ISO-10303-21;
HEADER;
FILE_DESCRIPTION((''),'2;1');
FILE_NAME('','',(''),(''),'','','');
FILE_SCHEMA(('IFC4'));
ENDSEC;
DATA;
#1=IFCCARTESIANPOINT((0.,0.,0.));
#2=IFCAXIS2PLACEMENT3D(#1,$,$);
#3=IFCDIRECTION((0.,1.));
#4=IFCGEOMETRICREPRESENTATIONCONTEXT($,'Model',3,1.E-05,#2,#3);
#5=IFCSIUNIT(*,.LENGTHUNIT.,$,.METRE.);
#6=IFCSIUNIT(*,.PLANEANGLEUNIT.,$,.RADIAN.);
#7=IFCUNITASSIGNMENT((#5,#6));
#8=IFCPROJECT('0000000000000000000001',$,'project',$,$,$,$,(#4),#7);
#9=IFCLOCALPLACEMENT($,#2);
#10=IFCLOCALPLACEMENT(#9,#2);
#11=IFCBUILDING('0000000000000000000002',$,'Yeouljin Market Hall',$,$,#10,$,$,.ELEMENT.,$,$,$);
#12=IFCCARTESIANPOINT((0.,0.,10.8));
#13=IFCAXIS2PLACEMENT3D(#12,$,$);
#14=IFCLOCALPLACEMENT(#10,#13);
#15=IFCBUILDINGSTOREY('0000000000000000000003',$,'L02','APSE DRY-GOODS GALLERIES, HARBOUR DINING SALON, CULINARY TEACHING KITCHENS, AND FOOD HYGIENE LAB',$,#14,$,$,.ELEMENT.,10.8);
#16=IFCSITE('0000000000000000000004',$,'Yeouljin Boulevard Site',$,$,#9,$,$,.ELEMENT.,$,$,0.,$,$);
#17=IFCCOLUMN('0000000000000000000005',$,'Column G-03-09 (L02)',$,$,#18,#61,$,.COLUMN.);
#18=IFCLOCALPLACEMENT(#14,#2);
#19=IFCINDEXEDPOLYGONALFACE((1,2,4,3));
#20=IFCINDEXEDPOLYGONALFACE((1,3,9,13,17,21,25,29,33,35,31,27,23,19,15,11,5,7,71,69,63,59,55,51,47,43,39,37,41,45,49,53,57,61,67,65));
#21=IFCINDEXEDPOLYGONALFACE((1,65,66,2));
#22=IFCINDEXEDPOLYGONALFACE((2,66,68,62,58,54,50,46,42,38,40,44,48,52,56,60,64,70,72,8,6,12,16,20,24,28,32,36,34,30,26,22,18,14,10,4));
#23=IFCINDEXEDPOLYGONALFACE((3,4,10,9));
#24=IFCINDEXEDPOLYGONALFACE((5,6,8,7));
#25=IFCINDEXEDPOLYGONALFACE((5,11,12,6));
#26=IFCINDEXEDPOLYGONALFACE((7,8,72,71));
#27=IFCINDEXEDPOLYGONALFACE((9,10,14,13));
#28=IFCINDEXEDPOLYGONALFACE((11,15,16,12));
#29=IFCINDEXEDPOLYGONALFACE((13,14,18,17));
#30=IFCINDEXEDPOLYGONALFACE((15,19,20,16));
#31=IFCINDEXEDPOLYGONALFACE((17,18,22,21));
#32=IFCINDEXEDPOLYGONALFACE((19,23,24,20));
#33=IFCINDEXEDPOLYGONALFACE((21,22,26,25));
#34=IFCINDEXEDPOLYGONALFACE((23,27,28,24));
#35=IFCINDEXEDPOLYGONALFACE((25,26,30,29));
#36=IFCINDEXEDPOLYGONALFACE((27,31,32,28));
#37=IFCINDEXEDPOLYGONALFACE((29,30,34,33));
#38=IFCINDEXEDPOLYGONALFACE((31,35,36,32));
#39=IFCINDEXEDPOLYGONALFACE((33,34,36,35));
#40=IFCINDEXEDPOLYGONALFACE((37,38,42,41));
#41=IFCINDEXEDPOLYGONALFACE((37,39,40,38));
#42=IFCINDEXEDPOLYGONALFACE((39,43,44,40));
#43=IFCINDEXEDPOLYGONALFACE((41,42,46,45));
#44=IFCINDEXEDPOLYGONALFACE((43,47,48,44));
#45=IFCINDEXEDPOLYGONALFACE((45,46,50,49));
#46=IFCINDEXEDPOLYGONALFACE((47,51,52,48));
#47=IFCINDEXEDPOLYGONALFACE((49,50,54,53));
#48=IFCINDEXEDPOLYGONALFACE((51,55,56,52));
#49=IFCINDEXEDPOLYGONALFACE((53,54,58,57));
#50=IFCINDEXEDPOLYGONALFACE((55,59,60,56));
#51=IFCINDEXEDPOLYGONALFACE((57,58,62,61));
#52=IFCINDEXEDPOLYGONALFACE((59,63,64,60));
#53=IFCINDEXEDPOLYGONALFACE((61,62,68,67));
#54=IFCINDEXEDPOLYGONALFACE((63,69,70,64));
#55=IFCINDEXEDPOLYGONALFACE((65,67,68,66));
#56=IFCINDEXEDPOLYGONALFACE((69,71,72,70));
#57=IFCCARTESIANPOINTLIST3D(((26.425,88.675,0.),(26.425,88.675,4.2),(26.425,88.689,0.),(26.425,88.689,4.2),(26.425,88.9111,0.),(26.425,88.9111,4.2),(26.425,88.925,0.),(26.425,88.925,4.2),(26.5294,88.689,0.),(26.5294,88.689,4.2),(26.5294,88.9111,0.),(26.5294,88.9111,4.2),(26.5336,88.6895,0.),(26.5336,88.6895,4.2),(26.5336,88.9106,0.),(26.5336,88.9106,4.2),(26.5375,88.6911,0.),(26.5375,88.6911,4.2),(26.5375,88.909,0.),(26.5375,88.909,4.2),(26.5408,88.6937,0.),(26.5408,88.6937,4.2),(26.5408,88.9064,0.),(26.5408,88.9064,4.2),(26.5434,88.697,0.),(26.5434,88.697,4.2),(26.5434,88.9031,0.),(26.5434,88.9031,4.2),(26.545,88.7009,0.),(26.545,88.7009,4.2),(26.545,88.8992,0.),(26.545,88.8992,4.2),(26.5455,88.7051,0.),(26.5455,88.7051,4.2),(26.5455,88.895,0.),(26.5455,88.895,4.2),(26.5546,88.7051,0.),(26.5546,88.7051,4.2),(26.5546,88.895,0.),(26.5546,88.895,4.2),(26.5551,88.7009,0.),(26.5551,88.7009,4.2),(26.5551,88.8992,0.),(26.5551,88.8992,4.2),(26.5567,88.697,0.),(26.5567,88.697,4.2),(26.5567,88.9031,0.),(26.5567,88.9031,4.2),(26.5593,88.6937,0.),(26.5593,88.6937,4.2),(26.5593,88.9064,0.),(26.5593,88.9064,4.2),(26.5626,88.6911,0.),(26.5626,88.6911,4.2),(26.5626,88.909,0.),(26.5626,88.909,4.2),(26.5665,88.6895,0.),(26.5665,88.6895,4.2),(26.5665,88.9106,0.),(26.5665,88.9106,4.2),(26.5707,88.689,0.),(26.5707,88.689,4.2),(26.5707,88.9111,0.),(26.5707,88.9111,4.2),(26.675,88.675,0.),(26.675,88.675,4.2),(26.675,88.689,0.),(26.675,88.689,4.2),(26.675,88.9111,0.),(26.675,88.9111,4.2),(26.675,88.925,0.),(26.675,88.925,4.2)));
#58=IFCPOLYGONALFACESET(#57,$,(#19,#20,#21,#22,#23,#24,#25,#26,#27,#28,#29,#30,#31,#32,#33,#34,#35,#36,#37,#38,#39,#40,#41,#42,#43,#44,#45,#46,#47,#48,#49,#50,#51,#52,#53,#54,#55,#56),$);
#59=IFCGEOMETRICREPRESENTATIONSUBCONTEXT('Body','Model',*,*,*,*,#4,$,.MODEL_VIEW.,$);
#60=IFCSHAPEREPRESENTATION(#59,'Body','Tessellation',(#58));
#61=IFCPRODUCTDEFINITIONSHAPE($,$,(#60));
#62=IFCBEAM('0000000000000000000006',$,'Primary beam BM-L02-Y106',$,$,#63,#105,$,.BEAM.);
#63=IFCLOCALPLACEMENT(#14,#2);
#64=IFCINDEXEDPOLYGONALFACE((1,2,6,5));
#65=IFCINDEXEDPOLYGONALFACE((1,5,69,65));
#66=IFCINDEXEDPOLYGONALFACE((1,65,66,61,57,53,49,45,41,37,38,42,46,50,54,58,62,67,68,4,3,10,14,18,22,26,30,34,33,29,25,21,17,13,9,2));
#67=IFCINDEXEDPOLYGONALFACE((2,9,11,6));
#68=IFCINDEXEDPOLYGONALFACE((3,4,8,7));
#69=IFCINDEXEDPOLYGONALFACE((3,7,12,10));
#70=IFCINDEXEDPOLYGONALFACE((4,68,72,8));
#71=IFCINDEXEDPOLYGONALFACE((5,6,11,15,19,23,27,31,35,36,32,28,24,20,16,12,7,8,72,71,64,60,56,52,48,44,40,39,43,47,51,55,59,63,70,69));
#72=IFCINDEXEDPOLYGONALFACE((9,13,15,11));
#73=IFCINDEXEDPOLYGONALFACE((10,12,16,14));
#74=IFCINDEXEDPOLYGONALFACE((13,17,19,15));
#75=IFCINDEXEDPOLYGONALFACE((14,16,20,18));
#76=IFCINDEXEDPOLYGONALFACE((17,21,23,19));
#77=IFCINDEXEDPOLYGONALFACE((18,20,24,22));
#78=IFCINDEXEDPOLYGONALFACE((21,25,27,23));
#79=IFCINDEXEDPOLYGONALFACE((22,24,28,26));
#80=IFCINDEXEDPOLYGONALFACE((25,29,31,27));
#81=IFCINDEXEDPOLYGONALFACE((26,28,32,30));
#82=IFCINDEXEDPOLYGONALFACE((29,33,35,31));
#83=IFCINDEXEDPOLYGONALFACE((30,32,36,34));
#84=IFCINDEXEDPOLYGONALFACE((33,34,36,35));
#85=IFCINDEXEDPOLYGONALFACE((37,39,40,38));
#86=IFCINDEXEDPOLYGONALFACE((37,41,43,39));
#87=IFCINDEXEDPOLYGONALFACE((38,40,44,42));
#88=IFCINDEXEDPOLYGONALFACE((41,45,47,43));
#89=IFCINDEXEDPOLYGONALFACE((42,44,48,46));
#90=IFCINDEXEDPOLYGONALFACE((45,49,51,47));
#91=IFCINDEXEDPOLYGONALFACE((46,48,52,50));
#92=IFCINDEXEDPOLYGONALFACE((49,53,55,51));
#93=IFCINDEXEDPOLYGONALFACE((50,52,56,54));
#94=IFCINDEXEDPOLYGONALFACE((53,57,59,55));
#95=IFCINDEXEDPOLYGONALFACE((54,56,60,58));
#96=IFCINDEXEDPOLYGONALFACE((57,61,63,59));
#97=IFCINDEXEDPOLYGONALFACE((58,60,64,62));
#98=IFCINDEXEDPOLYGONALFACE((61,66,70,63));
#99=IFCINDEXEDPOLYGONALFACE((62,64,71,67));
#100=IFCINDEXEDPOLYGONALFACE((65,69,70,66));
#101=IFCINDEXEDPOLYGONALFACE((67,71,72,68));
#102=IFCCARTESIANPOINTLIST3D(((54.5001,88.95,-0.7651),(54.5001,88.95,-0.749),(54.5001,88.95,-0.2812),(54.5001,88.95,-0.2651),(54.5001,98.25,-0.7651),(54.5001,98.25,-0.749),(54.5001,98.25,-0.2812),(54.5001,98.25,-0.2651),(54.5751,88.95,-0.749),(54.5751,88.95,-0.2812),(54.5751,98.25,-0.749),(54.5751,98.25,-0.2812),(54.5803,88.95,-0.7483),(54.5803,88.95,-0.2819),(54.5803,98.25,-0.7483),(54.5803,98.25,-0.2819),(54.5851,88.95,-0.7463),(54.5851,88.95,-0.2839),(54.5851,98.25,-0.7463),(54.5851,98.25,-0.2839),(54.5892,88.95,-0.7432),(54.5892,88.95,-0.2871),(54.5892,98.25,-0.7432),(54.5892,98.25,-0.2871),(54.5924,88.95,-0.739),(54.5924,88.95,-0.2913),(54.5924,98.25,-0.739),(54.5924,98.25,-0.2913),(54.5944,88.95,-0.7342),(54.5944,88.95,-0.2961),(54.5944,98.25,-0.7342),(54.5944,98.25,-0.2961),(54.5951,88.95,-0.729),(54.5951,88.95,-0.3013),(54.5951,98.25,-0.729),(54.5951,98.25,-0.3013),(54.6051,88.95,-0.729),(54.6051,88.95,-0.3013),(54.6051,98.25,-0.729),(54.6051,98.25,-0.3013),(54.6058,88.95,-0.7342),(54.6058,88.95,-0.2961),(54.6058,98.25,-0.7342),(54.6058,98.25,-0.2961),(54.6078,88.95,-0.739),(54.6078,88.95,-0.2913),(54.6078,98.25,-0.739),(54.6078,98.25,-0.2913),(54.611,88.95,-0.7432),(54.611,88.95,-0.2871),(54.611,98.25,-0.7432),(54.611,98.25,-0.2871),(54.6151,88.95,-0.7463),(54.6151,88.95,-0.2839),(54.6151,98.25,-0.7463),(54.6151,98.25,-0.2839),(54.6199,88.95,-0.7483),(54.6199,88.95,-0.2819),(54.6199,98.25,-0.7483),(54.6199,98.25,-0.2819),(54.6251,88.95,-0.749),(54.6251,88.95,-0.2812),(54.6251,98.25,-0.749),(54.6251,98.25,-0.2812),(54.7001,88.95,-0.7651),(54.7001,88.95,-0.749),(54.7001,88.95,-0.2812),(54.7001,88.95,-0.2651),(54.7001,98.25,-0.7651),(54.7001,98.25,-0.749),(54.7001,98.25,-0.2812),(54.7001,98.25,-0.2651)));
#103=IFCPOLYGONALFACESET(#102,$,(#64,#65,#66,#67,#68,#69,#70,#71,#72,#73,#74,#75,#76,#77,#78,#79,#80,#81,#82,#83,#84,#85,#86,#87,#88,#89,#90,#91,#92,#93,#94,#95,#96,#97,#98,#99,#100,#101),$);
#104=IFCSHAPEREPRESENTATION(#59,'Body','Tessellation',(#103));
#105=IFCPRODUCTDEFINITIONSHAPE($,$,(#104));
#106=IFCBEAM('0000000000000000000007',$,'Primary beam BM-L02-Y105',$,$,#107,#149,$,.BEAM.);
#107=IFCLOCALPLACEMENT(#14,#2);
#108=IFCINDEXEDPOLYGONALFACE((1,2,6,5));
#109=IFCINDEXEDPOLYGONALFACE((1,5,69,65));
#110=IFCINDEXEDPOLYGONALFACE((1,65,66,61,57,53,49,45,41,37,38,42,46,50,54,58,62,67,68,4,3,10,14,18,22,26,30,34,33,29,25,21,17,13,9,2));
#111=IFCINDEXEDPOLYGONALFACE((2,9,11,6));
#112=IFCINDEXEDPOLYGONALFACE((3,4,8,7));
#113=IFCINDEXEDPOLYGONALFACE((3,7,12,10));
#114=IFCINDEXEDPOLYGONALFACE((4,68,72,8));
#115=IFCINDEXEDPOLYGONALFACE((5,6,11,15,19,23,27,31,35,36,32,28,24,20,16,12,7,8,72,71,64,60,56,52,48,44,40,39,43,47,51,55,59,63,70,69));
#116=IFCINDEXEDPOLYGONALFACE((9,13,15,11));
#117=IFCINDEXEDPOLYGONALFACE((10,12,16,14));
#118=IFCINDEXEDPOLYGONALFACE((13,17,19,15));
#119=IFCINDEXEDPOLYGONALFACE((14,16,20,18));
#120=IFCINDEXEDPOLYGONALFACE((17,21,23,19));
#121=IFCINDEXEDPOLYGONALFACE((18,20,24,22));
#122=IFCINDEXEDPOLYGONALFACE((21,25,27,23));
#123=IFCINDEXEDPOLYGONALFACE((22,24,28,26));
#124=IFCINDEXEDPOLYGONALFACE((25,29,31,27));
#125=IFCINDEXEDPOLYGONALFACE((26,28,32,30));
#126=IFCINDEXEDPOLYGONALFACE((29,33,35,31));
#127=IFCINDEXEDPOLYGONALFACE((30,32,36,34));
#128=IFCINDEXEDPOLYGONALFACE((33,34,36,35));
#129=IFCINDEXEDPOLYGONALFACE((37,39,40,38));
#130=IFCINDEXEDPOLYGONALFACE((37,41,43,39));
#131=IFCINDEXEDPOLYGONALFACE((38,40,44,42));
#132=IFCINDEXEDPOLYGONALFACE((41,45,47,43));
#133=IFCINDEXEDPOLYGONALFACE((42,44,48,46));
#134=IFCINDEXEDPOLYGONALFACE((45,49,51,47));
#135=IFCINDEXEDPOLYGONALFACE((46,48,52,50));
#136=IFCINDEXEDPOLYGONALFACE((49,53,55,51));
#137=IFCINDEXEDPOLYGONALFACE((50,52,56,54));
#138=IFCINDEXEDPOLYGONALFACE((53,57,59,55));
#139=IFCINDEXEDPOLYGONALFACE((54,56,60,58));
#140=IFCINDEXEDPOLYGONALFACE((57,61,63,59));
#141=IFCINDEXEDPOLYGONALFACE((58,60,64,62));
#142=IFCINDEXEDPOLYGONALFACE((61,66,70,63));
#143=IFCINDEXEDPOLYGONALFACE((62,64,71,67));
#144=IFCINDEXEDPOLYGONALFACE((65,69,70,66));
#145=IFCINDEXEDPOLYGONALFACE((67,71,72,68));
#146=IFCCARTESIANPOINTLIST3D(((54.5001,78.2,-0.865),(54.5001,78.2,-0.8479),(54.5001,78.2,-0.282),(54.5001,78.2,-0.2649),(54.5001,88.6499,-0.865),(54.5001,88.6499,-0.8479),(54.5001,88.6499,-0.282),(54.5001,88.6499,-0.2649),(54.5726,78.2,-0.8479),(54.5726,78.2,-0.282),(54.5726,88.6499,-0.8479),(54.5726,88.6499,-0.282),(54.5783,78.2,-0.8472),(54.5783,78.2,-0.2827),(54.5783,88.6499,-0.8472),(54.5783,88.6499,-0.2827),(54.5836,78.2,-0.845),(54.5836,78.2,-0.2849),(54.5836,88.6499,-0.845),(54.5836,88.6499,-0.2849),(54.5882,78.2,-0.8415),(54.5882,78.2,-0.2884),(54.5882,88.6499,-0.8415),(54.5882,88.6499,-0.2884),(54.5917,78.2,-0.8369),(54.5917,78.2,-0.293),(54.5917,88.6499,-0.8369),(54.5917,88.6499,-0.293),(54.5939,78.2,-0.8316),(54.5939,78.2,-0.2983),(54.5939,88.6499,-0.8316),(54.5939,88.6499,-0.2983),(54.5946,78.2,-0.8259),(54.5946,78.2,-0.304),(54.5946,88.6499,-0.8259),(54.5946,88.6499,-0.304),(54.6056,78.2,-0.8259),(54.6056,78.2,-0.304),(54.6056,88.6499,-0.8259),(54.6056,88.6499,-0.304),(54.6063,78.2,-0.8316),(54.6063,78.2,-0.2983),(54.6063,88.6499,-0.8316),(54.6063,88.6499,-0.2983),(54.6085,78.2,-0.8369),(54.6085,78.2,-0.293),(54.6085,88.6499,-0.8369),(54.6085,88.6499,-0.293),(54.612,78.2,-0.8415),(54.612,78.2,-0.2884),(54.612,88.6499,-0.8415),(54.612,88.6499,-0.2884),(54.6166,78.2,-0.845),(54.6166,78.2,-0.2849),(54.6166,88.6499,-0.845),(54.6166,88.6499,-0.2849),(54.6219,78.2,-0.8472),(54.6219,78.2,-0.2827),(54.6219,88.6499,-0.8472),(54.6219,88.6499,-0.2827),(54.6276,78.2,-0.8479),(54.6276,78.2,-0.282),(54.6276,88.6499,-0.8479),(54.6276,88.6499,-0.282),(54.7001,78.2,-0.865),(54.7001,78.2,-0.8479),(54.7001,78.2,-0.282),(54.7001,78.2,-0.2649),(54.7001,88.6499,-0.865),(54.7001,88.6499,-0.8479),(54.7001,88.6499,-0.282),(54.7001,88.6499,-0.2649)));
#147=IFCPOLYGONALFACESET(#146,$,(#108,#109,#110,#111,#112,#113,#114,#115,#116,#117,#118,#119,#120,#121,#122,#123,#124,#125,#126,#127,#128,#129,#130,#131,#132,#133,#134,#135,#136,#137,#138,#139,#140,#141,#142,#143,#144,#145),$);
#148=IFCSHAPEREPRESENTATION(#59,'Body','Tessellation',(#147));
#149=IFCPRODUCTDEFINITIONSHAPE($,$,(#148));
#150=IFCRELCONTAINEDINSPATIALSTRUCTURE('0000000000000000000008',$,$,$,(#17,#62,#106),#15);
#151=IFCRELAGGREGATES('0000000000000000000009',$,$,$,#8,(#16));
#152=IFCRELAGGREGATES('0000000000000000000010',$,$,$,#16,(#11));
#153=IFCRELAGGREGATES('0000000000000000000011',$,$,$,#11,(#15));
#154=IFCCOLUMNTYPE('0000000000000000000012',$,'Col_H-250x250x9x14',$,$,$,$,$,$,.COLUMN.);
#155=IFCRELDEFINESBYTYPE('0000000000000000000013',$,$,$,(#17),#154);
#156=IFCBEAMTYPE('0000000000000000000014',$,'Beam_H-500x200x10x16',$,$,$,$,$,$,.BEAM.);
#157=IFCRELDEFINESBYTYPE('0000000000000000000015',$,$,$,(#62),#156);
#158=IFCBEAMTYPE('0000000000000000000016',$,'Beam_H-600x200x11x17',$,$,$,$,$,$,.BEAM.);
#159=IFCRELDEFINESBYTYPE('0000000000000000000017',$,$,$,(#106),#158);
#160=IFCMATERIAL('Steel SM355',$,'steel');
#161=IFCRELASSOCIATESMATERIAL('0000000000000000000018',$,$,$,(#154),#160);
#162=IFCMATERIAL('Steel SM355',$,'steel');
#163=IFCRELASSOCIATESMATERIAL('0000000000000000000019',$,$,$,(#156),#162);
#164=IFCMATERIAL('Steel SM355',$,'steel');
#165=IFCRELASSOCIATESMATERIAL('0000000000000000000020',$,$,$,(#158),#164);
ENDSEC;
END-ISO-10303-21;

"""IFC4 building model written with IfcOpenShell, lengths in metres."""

from ifc_helpers import new_model, si_unit, direction, frame, origin, origin_2d, place, context, subcontext, project, spatial, i_section, extrude, material, material_profile, profile_set, type_object, element, save


model = new_model("IFC4")

# Units and contexts
model_context = context("Model", 3, precision=1e-05, world=origin(), true_north=direction((0.0, 1.0)))
body_context = subcontext(model_context, "Body", "Model", "MODEL_VIEW")
ifc_project = project(units=[si_unit("LENGTHUNIT", "METRE"), si_unit("PLANEANGLEUNIT", "RADIAN")], contexts=[model_context])

# Site, building, storey
site_placement = place(None, origin())
site = spatial("IfcSite", under=ifc_project, at=site_placement, Name="Yeouljin Boulevard Site", CompositionType="ELEMENT", RefElevation=0.0)
building_placement = place(site_placement, origin())
building = spatial("IfcBuilding", under=site, at=building_placement, Name="Yeouljin Market Hall", CompositionType="ELEMENT")
storey_placement = place(building_placement, frame((0.0, 0.0, 10.8)))
storey = spatial("IfcBuildingStorey", under=building, at=storey_placement, Name="L02", Description="APSE DRY-GOODS GALLERIES, HARBOUR DINING SALON, CULINARY TEACHING KITCHENS, AND FOOD HYGIENE LAB", CompositionType="ELEMENT", Elevation=10.8)

# Column
ifc_material_1 = material(Name="Steel SM355", Category="steel")
ifc_material_profile_1 = material_profile(ifc_material_1, i_section(OverallWidth=0.25, OverallDepth=0.25, WebThickness=0.009, FlangeThickness=0.0139, FilletRadius=0.0161, at=origin_2d()), Name="H-250x250x9x14")
ifc_profile_set_1 = profile_set([ifc_material_profile_1], Name="Steel SM355")
column_type = type_object("IfcColumnType", Name="Col_H-250x250x9x14", PredefinedType="COLUMN", material=ifc_profile_set_1)
column_placement = place(storey_placement, frame((26.55, 88.8, 0.0), z_axis=(0.0, 0.0, 1.0), x_axis=(1.0, 0.0, 0.0)))
element("IfcColumn", 1, at=column_placement, inside=storey, type_object=column_type, Name="Column G-03-09 (L02)", PredefinedType="COLUMN", context=body_context, shape_type="SweptSolid", body=[
    extrude(i_section(OverallWidth=0.25, OverallDepth=0.25, WebThickness=0.009, FlangeThickness=0.0139, FilletRadius=0.0161, at=origin_2d()), origin(), (0.0, 0.0, 1.0), 4.2),
])

# Beams
ifc_material_2 = material(Name="Steel SM355", Category="steel")
ifc_material_profile_2 = material_profile(ifc_material_2, i_section(OverallWidth=0.2, OverallDepth=0.5, WebThickness=0.01, FlangeThickness=0.0161, FilletRadius=0.02, at=origin_2d()), Name="H-500x200x10x16")
ifc_profile_set_2 = profile_set([ifc_material_profile_2], Name="Steel SM355")
beam_type_1 = type_object("IfcBeamType", Name="Beam_H-500x200x10x16", PredefinedType="BEAM", material=ifc_profile_set_2)
beam_1_placement = place(storey_placement, frame((54.6001, 88.95, -0.5151), z_axis=(0.0, 1.0, 0.0), x_axis=(-1.0, 0.0, 0.0)))
element("IfcBeam", 2, at=beam_1_placement, inside=storey, type_object=beam_type_1, Name="Primary beam BM-L02-Y106", PredefinedType="BEAM", context=body_context, shape_type="SweptSolid", body=[
    extrude(i_section(OverallWidth=0.2, OverallDepth=0.5, WebThickness=0.01, FlangeThickness=0.0161, FilletRadius=0.02, at=origin_2d()), origin(), (0.0, 0.0, 1.0), 9.3),
])
ifc_material_3 = material(Name="Steel SM355", Category="steel")
ifc_material_profile_3 = material_profile(ifc_material_3, i_section(OverallWidth=0.2, OverallDepth=0.6001, WebThickness=0.011, FlangeThickness=0.0171, FilletRadius=0.022, at=origin_2d()), Name="H-600x200x11x17")
ifc_profile_set_3 = profile_set([ifc_material_profile_3], Name="Steel SM355")
beam_type_2 = type_object("IfcBeamType", Name="Beam_H-600x200x11x17", PredefinedType="BEAM", material=ifc_profile_set_3)
beam_2_placement = place(storey_placement, frame((54.6001, 78.2, -0.5649), z_axis=(0.0, 1.0, 0.0), x_axis=(-1.0, 0.0, 0.0)))
element("IfcBeam", 3, at=beam_2_placement, inside=storey, type_object=beam_type_2, Name="Primary beam BM-L02-Y105", PredefinedType="BEAM", context=body_context, shape_type="SweptSolid", body=[
    extrude(i_section(OverallWidth=0.2, OverallDepth=0.6001, WebThickness=0.011, FlangeThickness=0.0171, FilletRadius=0.022, at=origin_2d()), origin(), (0.0, 0.0, 1.0), 10.45),
])

save(model, "model.ifc")
